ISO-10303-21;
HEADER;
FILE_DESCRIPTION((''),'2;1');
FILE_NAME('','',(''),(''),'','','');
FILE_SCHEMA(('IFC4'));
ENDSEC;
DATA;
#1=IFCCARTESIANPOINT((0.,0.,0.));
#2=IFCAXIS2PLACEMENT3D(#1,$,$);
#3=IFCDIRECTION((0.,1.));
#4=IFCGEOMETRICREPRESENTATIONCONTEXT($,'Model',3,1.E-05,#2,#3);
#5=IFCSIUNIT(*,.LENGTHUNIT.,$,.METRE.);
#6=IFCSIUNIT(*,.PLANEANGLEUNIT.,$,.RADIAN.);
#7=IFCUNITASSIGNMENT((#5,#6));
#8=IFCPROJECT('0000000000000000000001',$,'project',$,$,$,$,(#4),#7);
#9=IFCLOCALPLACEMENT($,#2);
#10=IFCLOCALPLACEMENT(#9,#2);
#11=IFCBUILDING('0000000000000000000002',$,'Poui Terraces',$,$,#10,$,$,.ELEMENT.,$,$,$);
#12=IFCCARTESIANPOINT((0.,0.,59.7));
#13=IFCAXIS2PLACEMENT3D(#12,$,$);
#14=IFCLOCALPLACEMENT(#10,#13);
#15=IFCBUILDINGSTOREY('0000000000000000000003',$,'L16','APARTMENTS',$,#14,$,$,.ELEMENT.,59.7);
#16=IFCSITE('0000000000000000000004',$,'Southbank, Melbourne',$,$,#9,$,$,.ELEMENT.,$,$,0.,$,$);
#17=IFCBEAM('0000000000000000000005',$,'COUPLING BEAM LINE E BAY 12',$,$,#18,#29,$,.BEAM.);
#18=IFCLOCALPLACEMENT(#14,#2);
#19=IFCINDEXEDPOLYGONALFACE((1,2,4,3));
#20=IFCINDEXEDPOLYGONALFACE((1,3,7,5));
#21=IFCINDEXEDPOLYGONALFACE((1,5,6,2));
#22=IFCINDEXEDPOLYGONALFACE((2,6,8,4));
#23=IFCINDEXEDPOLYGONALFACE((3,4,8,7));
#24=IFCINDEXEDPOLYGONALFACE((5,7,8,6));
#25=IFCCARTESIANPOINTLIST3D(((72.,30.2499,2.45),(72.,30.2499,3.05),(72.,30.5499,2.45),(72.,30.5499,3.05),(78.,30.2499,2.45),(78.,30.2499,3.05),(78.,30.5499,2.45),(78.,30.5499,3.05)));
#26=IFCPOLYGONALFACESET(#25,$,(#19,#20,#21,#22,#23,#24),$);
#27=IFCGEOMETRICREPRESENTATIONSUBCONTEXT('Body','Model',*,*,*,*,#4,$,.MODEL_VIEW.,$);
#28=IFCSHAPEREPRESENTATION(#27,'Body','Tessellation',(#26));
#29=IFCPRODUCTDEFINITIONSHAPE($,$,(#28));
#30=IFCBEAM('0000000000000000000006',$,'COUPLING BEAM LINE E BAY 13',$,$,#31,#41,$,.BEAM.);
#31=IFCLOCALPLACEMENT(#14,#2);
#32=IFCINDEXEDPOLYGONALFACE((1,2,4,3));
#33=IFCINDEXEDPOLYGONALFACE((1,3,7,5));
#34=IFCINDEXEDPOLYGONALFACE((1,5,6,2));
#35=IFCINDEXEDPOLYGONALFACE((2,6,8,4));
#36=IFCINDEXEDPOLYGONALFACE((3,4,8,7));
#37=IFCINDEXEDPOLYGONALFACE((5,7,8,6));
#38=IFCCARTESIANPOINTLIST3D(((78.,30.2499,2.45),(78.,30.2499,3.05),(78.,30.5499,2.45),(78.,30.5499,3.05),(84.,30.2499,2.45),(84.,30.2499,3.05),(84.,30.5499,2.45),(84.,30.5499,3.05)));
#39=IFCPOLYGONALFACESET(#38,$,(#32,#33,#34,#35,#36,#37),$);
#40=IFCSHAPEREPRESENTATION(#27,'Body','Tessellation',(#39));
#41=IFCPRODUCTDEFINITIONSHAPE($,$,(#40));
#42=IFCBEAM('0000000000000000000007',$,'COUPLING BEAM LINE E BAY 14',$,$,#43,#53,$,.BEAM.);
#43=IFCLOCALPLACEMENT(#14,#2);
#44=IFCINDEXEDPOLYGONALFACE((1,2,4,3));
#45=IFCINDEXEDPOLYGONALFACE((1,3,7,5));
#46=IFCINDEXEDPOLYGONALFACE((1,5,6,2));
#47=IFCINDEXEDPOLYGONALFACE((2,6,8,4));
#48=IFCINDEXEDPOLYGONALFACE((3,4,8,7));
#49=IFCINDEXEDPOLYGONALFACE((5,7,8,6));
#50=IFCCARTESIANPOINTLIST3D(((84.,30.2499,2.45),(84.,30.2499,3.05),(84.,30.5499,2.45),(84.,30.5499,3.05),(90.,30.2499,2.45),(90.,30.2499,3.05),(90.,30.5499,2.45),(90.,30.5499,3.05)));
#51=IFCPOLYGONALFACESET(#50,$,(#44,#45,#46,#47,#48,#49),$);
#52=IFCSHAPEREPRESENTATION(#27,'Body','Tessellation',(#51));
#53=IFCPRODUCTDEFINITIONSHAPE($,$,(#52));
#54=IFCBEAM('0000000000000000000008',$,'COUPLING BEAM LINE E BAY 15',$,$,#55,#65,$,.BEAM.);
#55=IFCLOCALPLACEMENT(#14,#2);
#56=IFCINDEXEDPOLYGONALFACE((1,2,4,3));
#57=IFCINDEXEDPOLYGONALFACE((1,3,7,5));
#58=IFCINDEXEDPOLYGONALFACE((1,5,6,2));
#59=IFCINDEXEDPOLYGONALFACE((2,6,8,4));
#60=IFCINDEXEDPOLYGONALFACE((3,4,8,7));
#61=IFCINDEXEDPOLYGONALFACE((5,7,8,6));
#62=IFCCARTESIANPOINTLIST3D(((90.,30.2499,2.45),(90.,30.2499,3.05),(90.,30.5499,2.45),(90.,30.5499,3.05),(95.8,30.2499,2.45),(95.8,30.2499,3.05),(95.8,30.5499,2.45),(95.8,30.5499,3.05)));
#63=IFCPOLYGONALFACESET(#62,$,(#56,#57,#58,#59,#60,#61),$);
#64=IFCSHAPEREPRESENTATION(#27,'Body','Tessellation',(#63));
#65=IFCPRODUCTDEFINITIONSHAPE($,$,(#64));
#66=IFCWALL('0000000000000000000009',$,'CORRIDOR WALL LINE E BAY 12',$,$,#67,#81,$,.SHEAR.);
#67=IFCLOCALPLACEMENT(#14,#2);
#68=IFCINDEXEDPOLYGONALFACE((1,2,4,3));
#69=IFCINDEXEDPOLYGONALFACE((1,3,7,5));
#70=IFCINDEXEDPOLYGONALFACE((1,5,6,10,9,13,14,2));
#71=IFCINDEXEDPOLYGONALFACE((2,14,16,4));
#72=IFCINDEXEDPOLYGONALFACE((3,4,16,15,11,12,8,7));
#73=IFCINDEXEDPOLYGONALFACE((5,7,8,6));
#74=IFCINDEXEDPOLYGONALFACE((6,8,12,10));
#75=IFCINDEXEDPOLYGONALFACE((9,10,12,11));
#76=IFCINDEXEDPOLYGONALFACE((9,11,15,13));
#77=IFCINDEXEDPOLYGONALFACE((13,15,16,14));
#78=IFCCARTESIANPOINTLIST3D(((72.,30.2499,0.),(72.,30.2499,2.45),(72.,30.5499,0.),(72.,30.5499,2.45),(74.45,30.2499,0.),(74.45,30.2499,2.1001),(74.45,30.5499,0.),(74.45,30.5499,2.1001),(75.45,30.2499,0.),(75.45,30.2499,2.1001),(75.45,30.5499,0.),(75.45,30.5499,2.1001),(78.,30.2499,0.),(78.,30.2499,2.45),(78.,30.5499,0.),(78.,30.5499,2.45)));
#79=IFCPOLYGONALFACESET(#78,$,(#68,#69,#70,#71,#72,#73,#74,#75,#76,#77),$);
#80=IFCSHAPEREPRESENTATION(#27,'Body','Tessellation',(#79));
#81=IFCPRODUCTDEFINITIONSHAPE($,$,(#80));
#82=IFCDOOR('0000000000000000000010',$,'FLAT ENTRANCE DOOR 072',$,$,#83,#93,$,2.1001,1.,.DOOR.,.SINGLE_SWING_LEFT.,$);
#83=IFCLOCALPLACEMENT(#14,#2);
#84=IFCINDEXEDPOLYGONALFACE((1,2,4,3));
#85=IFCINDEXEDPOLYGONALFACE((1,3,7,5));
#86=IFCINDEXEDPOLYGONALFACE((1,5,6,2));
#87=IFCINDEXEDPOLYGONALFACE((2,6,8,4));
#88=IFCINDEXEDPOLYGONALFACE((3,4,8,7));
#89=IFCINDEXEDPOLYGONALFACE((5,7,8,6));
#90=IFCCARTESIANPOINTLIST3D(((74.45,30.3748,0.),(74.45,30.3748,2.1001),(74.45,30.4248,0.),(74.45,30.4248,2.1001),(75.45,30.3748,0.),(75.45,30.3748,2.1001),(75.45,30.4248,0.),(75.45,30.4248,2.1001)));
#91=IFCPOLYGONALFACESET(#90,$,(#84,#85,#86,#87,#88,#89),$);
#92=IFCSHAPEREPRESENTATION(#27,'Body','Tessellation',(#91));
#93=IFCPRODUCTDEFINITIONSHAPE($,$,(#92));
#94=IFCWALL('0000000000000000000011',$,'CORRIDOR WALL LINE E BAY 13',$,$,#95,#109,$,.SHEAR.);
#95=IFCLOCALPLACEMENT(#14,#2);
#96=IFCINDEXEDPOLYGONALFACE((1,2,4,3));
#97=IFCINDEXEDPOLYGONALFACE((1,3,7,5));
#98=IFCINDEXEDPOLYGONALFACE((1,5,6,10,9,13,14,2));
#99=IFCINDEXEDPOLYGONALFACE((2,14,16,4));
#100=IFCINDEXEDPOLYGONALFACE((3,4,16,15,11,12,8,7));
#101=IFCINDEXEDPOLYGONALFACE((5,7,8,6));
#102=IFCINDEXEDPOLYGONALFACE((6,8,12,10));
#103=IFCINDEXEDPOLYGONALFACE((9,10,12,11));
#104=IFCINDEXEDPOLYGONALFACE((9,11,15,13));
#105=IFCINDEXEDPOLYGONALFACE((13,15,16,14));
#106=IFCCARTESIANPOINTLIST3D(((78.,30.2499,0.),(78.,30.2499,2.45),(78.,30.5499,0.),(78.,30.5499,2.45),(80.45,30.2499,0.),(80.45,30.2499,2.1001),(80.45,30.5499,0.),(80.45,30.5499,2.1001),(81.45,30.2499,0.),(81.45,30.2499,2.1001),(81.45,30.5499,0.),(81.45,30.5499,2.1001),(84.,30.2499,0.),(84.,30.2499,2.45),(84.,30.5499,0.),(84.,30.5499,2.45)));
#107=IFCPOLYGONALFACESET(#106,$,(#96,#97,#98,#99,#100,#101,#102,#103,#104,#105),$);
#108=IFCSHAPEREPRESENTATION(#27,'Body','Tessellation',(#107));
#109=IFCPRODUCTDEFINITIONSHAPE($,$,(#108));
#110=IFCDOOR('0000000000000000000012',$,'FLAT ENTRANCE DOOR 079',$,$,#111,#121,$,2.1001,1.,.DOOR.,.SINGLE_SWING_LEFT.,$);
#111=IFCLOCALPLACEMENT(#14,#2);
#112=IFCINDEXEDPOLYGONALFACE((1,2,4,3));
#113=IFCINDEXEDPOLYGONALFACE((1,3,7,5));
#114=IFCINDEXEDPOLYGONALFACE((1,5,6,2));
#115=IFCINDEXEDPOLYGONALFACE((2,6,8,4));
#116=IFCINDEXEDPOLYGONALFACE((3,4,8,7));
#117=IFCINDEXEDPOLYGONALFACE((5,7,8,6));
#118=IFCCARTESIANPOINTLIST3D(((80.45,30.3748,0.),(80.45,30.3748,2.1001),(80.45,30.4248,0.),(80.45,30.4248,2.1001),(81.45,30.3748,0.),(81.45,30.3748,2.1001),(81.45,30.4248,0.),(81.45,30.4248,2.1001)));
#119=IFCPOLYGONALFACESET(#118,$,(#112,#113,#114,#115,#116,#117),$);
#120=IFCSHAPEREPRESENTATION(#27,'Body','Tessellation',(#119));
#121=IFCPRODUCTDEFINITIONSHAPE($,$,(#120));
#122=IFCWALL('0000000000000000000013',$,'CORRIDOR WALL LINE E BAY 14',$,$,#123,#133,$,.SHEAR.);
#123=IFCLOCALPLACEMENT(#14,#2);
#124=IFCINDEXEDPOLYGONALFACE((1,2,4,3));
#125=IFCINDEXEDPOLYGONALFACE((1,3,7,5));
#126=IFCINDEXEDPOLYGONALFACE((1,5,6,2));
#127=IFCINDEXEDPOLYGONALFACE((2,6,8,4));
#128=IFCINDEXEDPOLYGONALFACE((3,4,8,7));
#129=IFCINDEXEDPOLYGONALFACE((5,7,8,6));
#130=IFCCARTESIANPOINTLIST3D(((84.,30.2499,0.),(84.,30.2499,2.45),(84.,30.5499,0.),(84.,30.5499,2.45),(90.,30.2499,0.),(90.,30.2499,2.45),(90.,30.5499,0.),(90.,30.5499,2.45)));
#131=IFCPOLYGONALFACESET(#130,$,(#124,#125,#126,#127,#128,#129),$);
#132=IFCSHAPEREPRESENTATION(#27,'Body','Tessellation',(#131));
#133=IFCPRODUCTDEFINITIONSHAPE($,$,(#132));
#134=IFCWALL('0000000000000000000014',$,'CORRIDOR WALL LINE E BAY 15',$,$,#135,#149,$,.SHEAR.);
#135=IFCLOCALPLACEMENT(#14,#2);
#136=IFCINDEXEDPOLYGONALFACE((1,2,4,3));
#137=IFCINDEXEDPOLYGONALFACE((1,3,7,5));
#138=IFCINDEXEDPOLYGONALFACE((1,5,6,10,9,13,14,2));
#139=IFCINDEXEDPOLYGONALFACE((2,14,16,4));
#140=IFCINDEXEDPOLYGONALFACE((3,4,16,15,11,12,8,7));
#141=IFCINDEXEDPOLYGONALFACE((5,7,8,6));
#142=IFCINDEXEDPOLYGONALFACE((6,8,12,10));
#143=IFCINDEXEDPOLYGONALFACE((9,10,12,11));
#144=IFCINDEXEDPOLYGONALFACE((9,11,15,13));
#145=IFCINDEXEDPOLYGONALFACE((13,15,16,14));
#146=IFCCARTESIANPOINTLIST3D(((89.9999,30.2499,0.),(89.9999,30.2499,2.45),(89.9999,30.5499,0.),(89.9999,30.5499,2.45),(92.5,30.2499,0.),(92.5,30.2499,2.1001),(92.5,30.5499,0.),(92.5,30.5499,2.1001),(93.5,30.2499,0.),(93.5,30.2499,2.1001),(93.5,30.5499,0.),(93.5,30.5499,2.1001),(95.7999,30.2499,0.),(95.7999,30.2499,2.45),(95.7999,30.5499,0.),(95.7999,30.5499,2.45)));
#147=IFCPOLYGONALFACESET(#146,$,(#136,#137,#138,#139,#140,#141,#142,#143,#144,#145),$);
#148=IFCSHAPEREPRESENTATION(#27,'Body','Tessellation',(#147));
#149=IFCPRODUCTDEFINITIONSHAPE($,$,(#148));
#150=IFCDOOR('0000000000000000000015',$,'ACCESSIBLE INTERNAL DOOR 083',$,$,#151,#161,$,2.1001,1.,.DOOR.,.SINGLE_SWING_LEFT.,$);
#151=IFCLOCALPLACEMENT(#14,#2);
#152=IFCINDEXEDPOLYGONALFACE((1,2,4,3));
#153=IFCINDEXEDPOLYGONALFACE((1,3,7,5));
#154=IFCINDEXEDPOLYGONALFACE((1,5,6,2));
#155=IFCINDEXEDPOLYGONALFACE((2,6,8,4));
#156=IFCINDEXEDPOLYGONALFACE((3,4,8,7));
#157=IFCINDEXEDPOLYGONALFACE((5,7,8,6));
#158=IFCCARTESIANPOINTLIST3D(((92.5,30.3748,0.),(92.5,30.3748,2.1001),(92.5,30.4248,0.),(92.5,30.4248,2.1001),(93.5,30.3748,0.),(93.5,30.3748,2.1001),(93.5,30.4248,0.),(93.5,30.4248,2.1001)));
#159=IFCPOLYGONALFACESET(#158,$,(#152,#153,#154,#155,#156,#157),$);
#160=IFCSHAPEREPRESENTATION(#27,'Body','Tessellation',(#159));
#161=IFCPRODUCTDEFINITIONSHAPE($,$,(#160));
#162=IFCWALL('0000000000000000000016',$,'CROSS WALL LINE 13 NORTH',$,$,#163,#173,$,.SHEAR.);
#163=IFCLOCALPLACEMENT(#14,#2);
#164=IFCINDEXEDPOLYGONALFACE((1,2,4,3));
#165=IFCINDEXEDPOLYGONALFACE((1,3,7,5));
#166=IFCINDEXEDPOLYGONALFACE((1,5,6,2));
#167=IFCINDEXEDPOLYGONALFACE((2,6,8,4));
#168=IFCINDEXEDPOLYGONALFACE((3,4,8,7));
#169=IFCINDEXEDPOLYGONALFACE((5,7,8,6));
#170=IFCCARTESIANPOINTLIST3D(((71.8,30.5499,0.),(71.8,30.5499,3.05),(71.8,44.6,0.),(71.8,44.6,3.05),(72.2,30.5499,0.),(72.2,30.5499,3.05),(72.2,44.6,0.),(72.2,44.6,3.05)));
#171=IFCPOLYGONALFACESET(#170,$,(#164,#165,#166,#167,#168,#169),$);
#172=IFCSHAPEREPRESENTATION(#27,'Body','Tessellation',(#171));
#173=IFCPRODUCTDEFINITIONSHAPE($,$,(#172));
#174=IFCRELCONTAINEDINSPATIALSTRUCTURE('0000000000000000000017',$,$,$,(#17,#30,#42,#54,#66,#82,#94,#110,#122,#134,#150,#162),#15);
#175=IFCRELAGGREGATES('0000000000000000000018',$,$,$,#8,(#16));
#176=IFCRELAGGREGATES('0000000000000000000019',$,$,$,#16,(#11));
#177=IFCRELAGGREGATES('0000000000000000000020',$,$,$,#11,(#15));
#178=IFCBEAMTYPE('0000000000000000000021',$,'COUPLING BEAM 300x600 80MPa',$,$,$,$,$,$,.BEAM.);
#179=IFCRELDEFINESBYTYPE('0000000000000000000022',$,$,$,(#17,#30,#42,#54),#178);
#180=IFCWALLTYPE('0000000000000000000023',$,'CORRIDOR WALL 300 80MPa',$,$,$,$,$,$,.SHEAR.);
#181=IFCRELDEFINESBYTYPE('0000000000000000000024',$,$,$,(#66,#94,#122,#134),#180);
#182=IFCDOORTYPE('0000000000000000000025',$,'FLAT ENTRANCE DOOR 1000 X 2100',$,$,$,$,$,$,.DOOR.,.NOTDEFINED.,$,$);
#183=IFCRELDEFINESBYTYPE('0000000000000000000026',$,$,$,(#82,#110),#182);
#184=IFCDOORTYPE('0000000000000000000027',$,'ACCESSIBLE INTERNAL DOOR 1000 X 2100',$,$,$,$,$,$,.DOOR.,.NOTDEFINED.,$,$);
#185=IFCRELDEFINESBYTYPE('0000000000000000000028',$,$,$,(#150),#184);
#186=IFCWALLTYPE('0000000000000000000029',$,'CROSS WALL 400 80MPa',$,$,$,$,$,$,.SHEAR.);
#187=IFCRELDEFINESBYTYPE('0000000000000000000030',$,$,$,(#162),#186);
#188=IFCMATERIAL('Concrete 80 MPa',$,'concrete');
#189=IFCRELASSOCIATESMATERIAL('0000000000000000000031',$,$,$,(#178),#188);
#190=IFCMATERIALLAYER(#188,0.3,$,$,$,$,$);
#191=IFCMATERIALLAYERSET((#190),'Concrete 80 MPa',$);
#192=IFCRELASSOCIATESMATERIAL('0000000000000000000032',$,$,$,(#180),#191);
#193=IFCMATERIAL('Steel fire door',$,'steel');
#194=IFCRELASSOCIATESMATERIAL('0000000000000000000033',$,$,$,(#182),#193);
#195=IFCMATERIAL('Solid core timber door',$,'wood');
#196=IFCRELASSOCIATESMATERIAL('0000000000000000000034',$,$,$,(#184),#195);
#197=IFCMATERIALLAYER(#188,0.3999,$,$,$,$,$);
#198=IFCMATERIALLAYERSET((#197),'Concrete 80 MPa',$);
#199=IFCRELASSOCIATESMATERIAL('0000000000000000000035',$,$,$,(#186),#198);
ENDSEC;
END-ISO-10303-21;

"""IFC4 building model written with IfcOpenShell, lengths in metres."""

from ifc_helpers import new_model, si_unit, direction, frame, frame_2d, origin, origin_2d, place, context, subcontext, project, spatial, rectangle, extrude, source, transform, mapped, material, layer, layer_set, material_profile, profile_set, type_object, element, fill, save


model = new_model("IFC4")

# Units and contexts
model_context = context("Model", 3, precision=1e-05, world=origin(), true_north=direction((0.0, 1.0)))
body_context = subcontext(model_context, "Body", "Model", "MODEL_VIEW")
ifc_project = project(units=[si_unit("LENGTHUNIT", "METRE"), si_unit("PLANEANGLEUNIT", "RADIAN")], contexts=[model_context])

# Site, building, storey
site_placement = place(None, origin())
site = spatial("IfcSite", under=ifc_project, at=site_placement, Name="Southbank, Melbourne", CompositionType="ELEMENT", RefElevation=0.0)
building_placement = place(site_placement, origin())
building = spatial("IfcBuilding", under=site, at=building_placement, Name="Poui Terraces", CompositionType="ELEMENT")
storey_placement = place(building_placement, frame((0.0, 0.0, 59.7)))
storey = spatial("IfcBuildingStorey", under=building, at=storey_placement, Name="L16", Description="APARTMENTS", CompositionType="ELEMENT", Elevation=59.7)

# Beams
ifc_material_1 = material(Name="Concrete 80 MPa", Category="concrete")
ifc_material_profile = material_profile(ifc_material_1, rectangle(XDim=0.3, YDim=0.6001, at=origin_2d()), Name="RC 300x600")
ifc_profile_set = profile_set([ifc_material_profile], Name="Concrete 80 MPa")
beam_type = type_object("IfcBeamType", Name="COUPLING BEAM 300x600 80MPa", PredefinedType="BEAM", material=ifc_profile_set)
shared_shape_1 = source(origin(), body_context, "Body", "SweptSolid", [
    extrude(rectangle(XDim=0.3, YDim=0.6001, at=origin_2d()), origin(), (0.0, 0.0, 1.0), 6.0),
])
for number, where, z_axis, x_axis, name in (
    (1, (72.0, 30.3999, 2.75), (1.0, 0.0, 0.0), (0.0, 1.0, 0.0), "COUPLING BEAM LINE E BAY 12"),
    (2, (78.0, 30.3999, 2.75), (1.0, 0.0, 0.0), (0.0, 1.0, 0.0), "COUPLING BEAM LINE E BAY 13"),
    (3, (84.0, 30.3999, 2.75), (1.0, 0.0, 0.0), (0.0, 1.0, 0.0), "COUPLING BEAM LINE E BAY 14"),
):
    element("IfcBeam", number, at=place(storey_placement, frame(where, z_axis=z_axis, x_axis=x_axis)), inside=storey, type_object=beam_type, Name=name, PredefinedType="BEAM", context=body_context, shape_type="MappedRepresentation", body=[
        mapped(shared_shape_1, transform((0.0, 0.0, 0.0))),
    ])
shared_shape_2 = source(origin(), body_context, "Body", "SweptSolid", [
    extrude(rectangle(XDim=0.3, YDim=0.6001, at=origin_2d()), origin(), (0.0, 0.0, 1.0), 5.8),
])
beam_placement = place(storey_placement, frame((90.0, 30.3999, 2.75), z_axis=(1.0, 0.0, 0.0), x_axis=(0.0, 1.0, 0.0)))
element("IfcBeam", 4, at=beam_placement, inside=storey, type_object=beam_type, Name="COUPLING BEAM LINE E BAY 15", PredefinedType="BEAM", context=body_context, shape_type="MappedRepresentation", body=[
    mapped(shared_shape_2, transform((0.0, 0.0, 0.0))),
])

# Walls, openings, doors
ifc_layer_1 = layer(ifc_material_1, 0.3)
ifc_layer_set_1 = layer_set([ifc_layer_1], Name="Concrete 80 MPa")
wall_type_1 = type_object("IfcWallType", Name="CORRIDOR WALL 300 80MPa", PredefinedType="SHEAR", material=ifc_layer_set_1)
wall_1_placement = place(storey_placement, frame((72.0, 30.3999, 0.0), z_axis=(0.0, 0.0, 1.0), x_axis=(1.0, 0.0, 0.0)))
wall_1 = element("IfcWall", 5, at=wall_1_placement, inside=storey, type_object=wall_type_1, Name="CORRIDOR WALL LINE E BAY 12", PredefinedType="SHEAR", context=body_context, shape_type="SweptSolid", body=[
    extrude(rectangle(XDim=6.0, YDim=0.3, at=frame_2d((3.0, 0.0))), origin(), (0.0, 0.0, 1.0), 2.45),
])
opening_1_placement = place(wall_1_placement, frame((2.45, 0.0, 0.0)))
opening_1 = element("IfcOpeningElement", 6, at=opening_1_placement, cuts=wall_1, PredefinedType="OPENING", context=body_context, shape_type="SweptSolid", body=[
    extrude(rectangle(XDim=1.0, YDim=2.1001, at=frame_2d((0.5, 1.05))), frame((0.0, 0.1602, 0.0), z_axis=(0.0, -1.0, 0.0), x_axis=(1.0, 0.0, 0.0)), (0.0, 0.0, 1.0), 0.3201),
])
ifc_material_2 = material(Name="Steel fire door", Category="steel")
door_type_1 = type_object("IfcDoorType", Name="FLAT ENTRANCE DOOR 1000 X 2100", OperationType="NOTDEFINED", PredefinedType="DOOR", material=ifc_material_2)
door_1_placement = place(opening_1_placement, origin())
door_1 = element("IfcDoor", 7, at=door_1_placement, inside=storey, type_object=door_type_1, Name="FLAT ENTRANCE DOOR 072", OperationType="SINGLE_SWING_LEFT", OverallHeight=2.1001, OverallWidth=1.0, PredefinedType="DOOR", context=body_context, shape_type="SweptSolid", body=[
    extrude(rectangle(XDim=1.0, YDim=2.1001, at=frame_2d((0.5, 1.05))), frame((0.0, 0.0249, 0.0), z_axis=(0.0, -1.0, 0.0), x_axis=(1.0, 0.0, 0.0)), (0.0, 0.0, 1.0), 0.05),
])
fill(opening_1, door_1)
wall_2_placement = place(storey_placement, frame((78.0, 30.3999, 0.0), z_axis=(0.0, 0.0, 1.0), x_axis=(1.0, 0.0, 0.0)))
wall_2 = element("IfcWall", 8, at=wall_2_placement, inside=storey, type_object=wall_type_1, Name="CORRIDOR WALL LINE E BAY 13", PredefinedType="SHEAR", context=body_context, shape_type="SweptSolid", body=[
    extrude(rectangle(XDim=6.0, YDim=0.3, at=frame_2d((3.0, 0.0))), origin(), (0.0, 0.0, 1.0), 2.45),
])
opening_2_placement = place(wall_2_placement, frame((2.45, 0.0, 0.0)))
opening_2 = element("IfcOpeningElement", 9, at=opening_2_placement, cuts=wall_2, PredefinedType="OPENING", context=body_context, shape_type="SweptSolid", body=[
    extrude(rectangle(XDim=1.0, YDim=2.1001, at=frame_2d((0.5, 1.05))), frame((0.0, 0.1602, 0.0), z_axis=(0.0, -1.0, 0.0), x_axis=(1.0, 0.0, 0.0)), (0.0, 0.0, 1.0), 0.3201),
])
door_2_placement = place(opening_2_placement, origin())
door_2 = element("IfcDoor", 10, at=door_2_placement, inside=storey, type_object=door_type_1, Name="FLAT ENTRANCE DOOR 079", OperationType="SINGLE_SWING_LEFT", OverallHeight=2.1001, OverallWidth=1.0, PredefinedType="DOOR", context=body_context, shape_type="SweptSolid", body=[
    extrude(rectangle(XDim=1.0, YDim=2.1001, at=frame_2d((0.5, 1.05))), frame((0.0, 0.0249, 0.0), z_axis=(0.0, -1.0, 0.0), x_axis=(1.0, 0.0, 0.0)), (0.0, 0.0, 1.0), 0.05),
])
fill(opening_2, door_2)

# Wall
wall_3_placement = place(storey_placement, frame((84.0, 30.3999, 0.0), z_axis=(0.0, 0.0, 1.0), x_axis=(1.0, 0.0, 0.0)))
element("IfcWall", 11, at=wall_3_placement, inside=storey, type_object=wall_type_1, Name="CORRIDOR WALL LINE E BAY 14", PredefinedType="SHEAR", context=body_context, shape_type="SweptSolid", body=[
    extrude(rectangle(XDim=6.0, YDim=0.3, at=frame_2d((3.0, 0.0))), origin(), (0.0, 0.0, 1.0), 2.45),
])

# Wall, opening, door
wall_4_placement = place(storey_placement, frame((90.0, 30.3999, 0.0), z_axis=(0.0, 0.0, 1.0), x_axis=(1.0, 0.0, 0.0)))
wall_4 = element("IfcWall", 12, at=wall_4_placement, inside=storey, type_object=wall_type_1, Name="CORRIDOR WALL LINE E BAY 15", PredefinedType="SHEAR", context=body_context, shape_type="SweptSolid", body=[
    extrude(rectangle(XDim=5.8, YDim=0.3, at=frame_2d((2.8999, 0.0))), origin(), (0.0, 0.0, 1.0), 2.45),
])
opening_3_placement = place(wall_4_placement, frame((2.5, 0.0, 0.0)))
opening_3 = element("IfcOpeningElement", 13, at=opening_3_placement, cuts=wall_4, PredefinedType="OPENING", context=body_context, shape_type="SweptSolid", body=[
    extrude(rectangle(XDim=1.0, YDim=2.1001, at=frame_2d((0.5, 1.05))), frame((0.0, 0.1602, 0.0), z_axis=(0.0, -1.0, 0.0), x_axis=(1.0, 0.0, 0.0)), (0.0, 0.0, 1.0), 0.3201),
])
ifc_material_3 = material(Name="Solid core timber door", Category="wood")
door_type_2 = type_object("IfcDoorType", Name="ACCESSIBLE INTERNAL DOOR 1000 X 2100", OperationType="NOTDEFINED", PredefinedType="DOOR", material=ifc_material_3)
door_3_placement = place(opening_3_placement, origin())
door_3 = element("IfcDoor", 14, at=door_3_placement, inside=storey, type_object=door_type_2, Name="ACCESSIBLE INTERNAL DOOR 083", OperationType="SINGLE_SWING_LEFT", OverallHeight=2.1001, OverallWidth=1.0, PredefinedType="DOOR", context=body_context, shape_type="SweptSolid", body=[
    extrude(rectangle(XDim=1.0, YDim=2.1001, at=frame_2d((0.5, 1.05))), frame((0.0, 0.0249, 0.0), z_axis=(0.0, -1.0, 0.0), x_axis=(1.0, 0.0, 0.0)), (0.0, 0.0, 1.0), 0.05),
])
fill(opening_3, door_3)

# Wall
ifc_layer_2 = layer(ifc_material_1, 0.3999)
ifc_layer_set_2 = layer_set([ifc_layer_2], Name="Concrete 80 MPa")
wall_type_2 = type_object("IfcWallType", Name="CROSS WALL 400 80MPa", PredefinedType="SHEAR", material=ifc_layer_set_2)
wall_5_placement = place(storey_placement, frame((72.0, 30.55, 0.0), z_axis=(0.0, 0.0, 1.0), x_axis=(0.0, 1.0, 0.0)))
element("IfcWall", 15, at=wall_5_placement, inside=storey, type_object=wall_type_2, Name="CROSS WALL LINE 13 NORTH", PredefinedType="SHEAR", context=body_context, shape_type="SweptSolid", body=[
    extrude(rectangle(XDim=14.05, YDim=0.3999, at=frame_2d((7.0249, 0.0))), origin(), (0.0, 0.0, 1.0), 3.05),
])

save(model, "model.ifc")
